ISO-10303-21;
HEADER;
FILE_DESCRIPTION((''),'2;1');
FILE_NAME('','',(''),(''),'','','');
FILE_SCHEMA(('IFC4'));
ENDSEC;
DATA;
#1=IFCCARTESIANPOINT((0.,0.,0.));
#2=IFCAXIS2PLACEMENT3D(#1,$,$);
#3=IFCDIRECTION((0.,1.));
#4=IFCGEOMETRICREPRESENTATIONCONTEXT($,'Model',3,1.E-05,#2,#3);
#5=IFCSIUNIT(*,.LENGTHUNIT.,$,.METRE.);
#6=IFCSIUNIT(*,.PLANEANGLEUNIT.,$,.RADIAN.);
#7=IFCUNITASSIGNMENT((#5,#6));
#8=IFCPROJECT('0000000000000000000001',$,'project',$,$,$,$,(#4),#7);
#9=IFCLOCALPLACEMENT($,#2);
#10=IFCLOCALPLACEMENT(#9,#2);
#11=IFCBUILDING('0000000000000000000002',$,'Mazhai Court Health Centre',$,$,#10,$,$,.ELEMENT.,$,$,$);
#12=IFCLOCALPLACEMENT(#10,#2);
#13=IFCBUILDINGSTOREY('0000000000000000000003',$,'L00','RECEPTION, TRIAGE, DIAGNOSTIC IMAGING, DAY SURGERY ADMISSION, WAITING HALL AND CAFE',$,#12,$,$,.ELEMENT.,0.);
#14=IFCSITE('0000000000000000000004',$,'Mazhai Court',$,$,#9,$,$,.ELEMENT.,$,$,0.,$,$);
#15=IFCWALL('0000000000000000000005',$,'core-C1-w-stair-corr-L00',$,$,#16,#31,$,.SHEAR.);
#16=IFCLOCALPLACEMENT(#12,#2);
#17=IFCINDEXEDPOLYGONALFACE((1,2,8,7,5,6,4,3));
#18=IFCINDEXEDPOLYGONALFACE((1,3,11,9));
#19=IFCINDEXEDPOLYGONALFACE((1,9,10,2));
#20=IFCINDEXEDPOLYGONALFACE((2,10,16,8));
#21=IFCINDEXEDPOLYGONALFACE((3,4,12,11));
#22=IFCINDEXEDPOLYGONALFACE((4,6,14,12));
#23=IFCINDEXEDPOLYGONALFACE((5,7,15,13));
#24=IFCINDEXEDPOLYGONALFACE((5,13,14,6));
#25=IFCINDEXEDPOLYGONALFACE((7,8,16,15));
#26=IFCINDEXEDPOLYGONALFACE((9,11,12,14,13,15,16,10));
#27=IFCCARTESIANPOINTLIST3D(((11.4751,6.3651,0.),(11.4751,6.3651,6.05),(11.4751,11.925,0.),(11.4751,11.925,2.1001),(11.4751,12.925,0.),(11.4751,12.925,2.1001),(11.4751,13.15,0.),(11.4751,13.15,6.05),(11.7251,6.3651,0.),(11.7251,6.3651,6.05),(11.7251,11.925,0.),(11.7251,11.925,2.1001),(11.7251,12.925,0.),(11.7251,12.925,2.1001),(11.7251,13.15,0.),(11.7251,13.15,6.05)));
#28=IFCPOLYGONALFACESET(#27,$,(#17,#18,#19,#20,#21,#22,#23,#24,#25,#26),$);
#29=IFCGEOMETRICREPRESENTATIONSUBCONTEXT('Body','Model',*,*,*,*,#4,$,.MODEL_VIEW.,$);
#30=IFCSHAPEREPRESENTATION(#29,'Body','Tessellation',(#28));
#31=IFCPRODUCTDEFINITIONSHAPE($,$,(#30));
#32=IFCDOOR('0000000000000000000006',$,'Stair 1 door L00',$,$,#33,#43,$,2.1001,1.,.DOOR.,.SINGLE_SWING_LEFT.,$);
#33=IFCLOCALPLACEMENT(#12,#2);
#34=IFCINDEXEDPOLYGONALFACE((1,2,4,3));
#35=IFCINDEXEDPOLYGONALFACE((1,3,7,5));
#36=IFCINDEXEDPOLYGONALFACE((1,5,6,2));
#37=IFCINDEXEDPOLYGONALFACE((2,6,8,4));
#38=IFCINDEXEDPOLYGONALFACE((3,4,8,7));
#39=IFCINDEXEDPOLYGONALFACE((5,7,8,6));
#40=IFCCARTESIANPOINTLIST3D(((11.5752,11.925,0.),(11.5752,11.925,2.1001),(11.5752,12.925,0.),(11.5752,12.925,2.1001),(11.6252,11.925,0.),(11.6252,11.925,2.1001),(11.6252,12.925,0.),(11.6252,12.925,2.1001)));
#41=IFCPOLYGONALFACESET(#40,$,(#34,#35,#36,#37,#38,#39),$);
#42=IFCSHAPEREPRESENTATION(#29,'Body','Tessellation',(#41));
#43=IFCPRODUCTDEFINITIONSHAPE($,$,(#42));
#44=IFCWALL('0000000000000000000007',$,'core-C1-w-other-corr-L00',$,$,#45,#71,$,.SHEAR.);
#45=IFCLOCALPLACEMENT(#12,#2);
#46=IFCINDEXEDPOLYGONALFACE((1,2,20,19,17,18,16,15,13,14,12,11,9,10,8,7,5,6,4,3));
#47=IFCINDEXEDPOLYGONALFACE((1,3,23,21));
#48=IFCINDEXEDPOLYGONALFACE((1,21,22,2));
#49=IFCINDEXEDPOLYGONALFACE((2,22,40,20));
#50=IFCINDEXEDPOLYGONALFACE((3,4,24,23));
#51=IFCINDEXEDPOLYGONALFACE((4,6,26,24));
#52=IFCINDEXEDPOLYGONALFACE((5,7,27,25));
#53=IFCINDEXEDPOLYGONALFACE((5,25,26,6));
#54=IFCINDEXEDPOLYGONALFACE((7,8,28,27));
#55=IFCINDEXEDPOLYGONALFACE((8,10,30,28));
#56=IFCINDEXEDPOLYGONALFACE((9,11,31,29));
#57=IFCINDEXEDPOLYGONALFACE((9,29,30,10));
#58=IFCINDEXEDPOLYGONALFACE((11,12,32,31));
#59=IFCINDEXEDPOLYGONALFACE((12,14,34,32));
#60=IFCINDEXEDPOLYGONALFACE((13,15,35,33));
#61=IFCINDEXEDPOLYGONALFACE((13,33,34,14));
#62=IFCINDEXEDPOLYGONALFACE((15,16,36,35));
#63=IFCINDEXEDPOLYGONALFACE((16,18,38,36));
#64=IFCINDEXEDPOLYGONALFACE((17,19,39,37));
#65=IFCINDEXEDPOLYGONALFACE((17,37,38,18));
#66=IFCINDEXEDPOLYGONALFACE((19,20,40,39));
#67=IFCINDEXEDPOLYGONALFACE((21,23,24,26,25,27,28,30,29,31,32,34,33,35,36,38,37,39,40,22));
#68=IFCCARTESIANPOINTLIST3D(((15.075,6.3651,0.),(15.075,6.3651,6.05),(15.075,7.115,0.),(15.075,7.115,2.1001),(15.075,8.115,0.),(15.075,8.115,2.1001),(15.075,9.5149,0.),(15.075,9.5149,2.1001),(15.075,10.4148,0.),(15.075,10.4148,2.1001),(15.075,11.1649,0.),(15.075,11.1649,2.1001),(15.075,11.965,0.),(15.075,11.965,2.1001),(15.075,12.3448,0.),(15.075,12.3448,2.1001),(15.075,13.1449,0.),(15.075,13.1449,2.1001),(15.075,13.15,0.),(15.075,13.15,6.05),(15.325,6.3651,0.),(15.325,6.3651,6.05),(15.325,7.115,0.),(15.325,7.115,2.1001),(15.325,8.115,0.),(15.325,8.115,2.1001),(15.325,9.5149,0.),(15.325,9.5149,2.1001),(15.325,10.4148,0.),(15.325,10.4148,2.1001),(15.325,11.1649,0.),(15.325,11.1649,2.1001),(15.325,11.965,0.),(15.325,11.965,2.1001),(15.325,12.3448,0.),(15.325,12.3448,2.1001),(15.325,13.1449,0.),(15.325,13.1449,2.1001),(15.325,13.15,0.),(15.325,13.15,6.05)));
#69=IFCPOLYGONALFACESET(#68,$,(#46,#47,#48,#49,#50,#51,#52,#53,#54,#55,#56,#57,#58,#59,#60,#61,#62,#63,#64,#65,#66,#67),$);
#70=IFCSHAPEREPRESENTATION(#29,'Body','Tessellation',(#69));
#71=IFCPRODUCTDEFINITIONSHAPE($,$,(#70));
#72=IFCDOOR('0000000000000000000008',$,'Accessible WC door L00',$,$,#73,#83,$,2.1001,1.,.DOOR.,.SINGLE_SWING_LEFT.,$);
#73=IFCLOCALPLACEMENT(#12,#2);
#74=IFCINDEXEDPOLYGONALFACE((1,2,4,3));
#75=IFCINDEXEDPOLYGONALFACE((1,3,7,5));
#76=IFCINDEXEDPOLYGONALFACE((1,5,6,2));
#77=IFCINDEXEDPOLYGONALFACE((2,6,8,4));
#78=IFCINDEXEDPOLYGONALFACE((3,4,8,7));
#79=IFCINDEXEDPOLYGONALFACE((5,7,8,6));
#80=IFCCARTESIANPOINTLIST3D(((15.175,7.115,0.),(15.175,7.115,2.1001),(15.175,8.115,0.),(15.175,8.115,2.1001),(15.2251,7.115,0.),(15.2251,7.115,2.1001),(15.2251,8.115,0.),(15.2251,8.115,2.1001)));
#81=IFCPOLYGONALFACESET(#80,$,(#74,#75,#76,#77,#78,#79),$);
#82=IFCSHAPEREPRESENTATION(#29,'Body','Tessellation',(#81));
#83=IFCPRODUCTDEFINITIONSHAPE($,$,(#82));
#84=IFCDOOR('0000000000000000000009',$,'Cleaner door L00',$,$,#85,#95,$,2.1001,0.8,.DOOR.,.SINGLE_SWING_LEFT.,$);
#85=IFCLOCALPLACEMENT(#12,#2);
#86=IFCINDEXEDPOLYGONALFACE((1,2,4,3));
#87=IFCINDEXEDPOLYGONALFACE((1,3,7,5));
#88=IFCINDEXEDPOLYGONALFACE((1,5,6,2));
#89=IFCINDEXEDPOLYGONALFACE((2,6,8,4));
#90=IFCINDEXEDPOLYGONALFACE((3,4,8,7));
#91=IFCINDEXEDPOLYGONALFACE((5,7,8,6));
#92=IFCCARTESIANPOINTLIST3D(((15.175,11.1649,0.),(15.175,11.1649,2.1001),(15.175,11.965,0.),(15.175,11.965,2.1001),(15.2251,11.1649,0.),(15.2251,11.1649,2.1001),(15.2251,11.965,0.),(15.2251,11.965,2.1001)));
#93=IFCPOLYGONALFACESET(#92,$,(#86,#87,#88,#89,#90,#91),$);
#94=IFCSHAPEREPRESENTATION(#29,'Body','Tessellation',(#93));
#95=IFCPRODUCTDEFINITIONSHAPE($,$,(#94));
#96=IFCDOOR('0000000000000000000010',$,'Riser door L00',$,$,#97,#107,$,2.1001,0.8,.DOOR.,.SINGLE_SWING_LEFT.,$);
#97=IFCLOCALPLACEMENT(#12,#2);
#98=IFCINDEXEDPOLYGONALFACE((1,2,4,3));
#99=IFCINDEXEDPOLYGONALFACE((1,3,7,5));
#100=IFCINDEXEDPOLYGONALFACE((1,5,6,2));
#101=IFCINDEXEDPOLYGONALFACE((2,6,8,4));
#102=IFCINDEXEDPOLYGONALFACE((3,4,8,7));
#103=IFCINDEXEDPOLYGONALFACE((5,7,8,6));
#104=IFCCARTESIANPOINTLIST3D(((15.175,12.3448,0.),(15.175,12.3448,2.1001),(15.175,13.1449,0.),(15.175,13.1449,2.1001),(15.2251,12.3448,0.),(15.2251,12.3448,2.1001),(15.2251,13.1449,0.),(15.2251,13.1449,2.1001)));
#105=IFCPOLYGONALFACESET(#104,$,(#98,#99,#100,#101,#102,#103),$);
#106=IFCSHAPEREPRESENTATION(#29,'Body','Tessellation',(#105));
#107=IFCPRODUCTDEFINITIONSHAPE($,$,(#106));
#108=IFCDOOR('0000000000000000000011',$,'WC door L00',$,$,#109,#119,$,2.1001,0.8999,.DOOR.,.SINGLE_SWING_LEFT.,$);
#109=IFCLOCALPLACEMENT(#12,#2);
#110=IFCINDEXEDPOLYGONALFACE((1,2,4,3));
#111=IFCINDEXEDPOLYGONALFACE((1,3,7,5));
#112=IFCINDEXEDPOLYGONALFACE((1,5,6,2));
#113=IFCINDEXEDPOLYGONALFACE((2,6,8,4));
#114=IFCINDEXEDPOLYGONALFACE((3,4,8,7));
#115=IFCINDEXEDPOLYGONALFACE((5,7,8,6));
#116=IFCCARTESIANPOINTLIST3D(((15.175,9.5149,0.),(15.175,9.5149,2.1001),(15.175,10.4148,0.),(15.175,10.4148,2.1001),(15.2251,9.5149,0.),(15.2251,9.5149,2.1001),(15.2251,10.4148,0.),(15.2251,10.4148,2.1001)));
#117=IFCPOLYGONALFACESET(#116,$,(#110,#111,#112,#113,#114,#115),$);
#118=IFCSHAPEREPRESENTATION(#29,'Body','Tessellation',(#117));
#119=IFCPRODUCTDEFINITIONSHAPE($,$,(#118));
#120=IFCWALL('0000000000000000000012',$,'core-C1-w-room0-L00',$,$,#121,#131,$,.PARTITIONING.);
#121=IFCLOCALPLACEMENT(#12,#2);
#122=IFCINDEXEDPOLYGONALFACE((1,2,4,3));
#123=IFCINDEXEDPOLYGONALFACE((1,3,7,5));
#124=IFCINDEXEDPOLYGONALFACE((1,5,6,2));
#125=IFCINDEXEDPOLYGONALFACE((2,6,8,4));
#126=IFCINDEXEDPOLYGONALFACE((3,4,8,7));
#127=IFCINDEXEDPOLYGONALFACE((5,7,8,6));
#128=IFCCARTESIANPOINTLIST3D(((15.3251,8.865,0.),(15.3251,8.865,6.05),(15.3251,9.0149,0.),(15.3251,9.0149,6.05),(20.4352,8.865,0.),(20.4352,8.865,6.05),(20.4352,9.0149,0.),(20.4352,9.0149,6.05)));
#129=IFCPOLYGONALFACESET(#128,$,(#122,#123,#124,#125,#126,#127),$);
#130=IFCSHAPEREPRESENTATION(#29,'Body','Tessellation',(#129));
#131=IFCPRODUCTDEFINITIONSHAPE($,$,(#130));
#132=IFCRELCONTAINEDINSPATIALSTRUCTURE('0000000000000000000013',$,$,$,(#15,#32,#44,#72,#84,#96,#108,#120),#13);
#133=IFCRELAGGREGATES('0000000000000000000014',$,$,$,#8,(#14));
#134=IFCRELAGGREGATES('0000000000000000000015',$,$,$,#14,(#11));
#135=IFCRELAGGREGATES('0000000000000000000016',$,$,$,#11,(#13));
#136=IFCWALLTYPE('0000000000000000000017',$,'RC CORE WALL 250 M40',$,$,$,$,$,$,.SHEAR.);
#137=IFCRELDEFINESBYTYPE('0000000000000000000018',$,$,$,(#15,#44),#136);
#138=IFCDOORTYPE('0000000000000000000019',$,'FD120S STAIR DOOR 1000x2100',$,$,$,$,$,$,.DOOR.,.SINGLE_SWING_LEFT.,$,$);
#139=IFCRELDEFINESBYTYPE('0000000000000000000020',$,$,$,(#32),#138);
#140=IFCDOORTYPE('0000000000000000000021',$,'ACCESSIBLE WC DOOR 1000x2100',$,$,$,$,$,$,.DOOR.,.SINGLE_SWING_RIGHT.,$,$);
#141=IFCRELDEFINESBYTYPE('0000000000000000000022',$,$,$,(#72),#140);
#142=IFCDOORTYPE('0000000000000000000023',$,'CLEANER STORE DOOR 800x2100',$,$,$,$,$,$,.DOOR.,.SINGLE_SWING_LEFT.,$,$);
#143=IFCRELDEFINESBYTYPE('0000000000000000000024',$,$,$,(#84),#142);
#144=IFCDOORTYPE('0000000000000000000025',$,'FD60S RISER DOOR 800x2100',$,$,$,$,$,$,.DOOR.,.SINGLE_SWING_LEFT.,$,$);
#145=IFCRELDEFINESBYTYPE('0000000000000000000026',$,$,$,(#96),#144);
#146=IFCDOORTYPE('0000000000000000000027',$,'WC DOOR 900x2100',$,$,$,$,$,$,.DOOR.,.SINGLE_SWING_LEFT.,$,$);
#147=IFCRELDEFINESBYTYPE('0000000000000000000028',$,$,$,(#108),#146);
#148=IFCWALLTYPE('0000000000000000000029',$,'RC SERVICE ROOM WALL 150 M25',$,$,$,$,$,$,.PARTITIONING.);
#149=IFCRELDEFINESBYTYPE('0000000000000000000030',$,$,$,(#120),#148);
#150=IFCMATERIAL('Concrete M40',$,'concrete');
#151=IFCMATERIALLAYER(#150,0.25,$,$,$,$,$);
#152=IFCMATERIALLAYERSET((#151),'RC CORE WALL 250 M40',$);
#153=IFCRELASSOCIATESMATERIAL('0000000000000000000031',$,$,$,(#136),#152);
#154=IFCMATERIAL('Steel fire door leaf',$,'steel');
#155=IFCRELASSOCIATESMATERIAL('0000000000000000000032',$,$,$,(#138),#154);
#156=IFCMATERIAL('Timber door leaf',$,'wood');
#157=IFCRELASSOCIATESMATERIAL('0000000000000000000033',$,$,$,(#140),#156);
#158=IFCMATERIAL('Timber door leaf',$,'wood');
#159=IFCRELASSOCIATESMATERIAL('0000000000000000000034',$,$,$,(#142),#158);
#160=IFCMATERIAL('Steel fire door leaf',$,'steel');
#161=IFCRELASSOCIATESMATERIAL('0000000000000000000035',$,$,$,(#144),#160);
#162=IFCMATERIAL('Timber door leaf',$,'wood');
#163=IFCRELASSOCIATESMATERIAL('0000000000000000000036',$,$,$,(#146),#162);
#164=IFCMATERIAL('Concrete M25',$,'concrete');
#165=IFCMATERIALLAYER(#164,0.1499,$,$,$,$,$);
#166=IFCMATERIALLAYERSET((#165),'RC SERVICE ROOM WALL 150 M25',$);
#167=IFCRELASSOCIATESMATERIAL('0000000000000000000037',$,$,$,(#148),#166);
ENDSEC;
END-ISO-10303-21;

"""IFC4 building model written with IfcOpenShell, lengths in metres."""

from ifc_helpers import new_model, si_unit, direction, frame, frame_2d, origin, place, context, subcontext, project, spatial, rectangle, extrude, material, layer, layer_set, type_object, element, fill, save


model = new_model("IFC4")

# Units and contexts
model_context = context("Model", 3, precision=1e-05, world=origin(), true_north=direction((0.0, 1.0)))
body_context = subcontext(model_context, "Body", "Model", "MODEL_VIEW")
ifc_project = project(units=[si_unit("LENGTHUNIT", "METRE"), si_unit("PLANEANGLEUNIT", "RADIAN")], contexts=[model_context])

# Site, building, storey
site_placement = place(None, origin())
site = spatial("IfcSite", under=ifc_project, at=site_placement, Name="Mazhai Court", CompositionType="ELEMENT", RefElevation=0.0)
building_placement = place(site_placement, origin())
building = spatial("IfcBuilding", under=site, at=building_placement, Name="Mazhai Court Health Centre", CompositionType="ELEMENT")
storey_placement = place(building_placement, origin())
storey = spatial("IfcBuildingStorey", under=building, at=storey_placement, Name="L00", Description="RECEPTION, TRIAGE, DIAGNOSTIC IMAGING, DAY SURGERY ADMISSION, WAITING HALL AND CAFE", CompositionType="ELEMENT", Elevation=0.0)

# Wall, opening, door
ifc_material_1 = material(Name="Concrete M40", Category="concrete")
ifc_layer_1 = layer(ifc_material_1, 0.25)
ifc_layer_set_1 = layer_set([ifc_layer_1], Name="RC CORE WALL 250 M40")
wall_type_1 = type_object("IfcWallType", Name="RC CORE WALL 250 M40", PredefinedType="SHEAR", material=ifc_layer_set_1)
wall_1_placement = place(storey_placement, frame((11.6001, 6.365, 0.0), z_axis=(0.0, 0.0, 1.0), x_axis=(0.0, 1.0, 0.0)))
wall_1 = element("IfcWall", 1, at=wall_1_placement, inside=storey, type_object=wall_type_1, Name="core-C1-w-stair-corr-L00", PredefinedType="SHEAR", context=body_context, shape_type="SweptSolid", body=[
    extrude(rectangle(XDim=6.7849, YDim=0.25, at=frame_2d((3.3926, 0.0))), origin(), (0.0, 0.0, 1.0), 6.05),
])
opening_1_placement = place(wall_1_placement, frame((5.5601, 0.0, 0.0)))
opening_1 = element("IfcOpeningElement", 2, at=opening_1_placement, cuts=wall_1, PredefinedType="OPENING", context=body_context, shape_type="SweptSolid", body=[
    extrude(rectangle(XDim=1.0, YDim=2.1001, at=frame_2d((0.5, 1.05))), frame((0.0, 0.135, 0.0), z_axis=(0.0, -1.0, 0.0), x_axis=(1.0, 0.0, 0.0)), (0.0, 0.0, 1.0), 0.27),
])
ifc_material_2 = material(Name="Steel fire door leaf", Category="steel")
door_type_1 = type_object("IfcDoorType", Name="FD120S STAIR DOOR 1000x2100", OperationType="SINGLE_SWING_LEFT", PredefinedType="DOOR", material=ifc_material_2)
door_1_placement = place(opening_1_placement, origin())
door_1 = element("IfcDoor", 3, at=door_1_placement, inside=storey, type_object=door_type_1, Name="Stair 1 door L00", OperationType="SINGLE_SWING_LEFT", OverallHeight=2.1001, OverallWidth=1.0, PredefinedType="DOOR", context=body_context, shape_type="SweptSolid", body=[
    extrude(rectangle(XDim=1.0, YDim=2.1001, at=frame_2d((0.5, 1.05))), frame((0.0, 0.0249, 0.0), z_axis=(0.0, -1.0, 0.0), x_axis=(1.0, 0.0, 0.0)), (0.0, 0.0, 1.0), 0.05),
])
fill(opening_1, door_1)

# Wall, openings, doors
wall_2_placement = place(storey_placement, frame((15.2, 6.365, 0.0), z_axis=(0.0, 0.0, 1.0), x_axis=(0.0, 1.0, 0.0)))
wall_2 = element("IfcWall", 4, at=wall_2_placement, inside=storey, type_object=wall_type_1, Name="core-C1-w-other-corr-L00", PredefinedType="SHEAR", context=body_context, shape_type="SweptSolid", body=[
    extrude(rectangle(XDim=6.7849, YDim=0.25, at=frame_2d((3.3926, 0.0))), origin(), (0.0, 0.0, 1.0), 6.05),
])
opening_2_placement = place(wall_2_placement, frame((0.75, 0.0, 0.0)))
opening_2 = element("IfcOpeningElement", 5, at=opening_2_placement, cuts=wall_2, PredefinedType="OPENING", context=body_context, shape_type="SweptSolid", body=[
    extrude(rectangle(XDim=1.0, YDim=2.1001, at=frame_2d((0.5, 1.05))), frame((0.0, 0.135, 0.0), z_axis=(0.0, -1.0, 0.0), x_axis=(1.0, 0.0, 0.0)), (0.0, 0.0, 1.0), 0.27),
])
opening_3_placement = place(wall_2_placement, frame((3.1499, 0.0, 0.0)))
opening_3 = element("IfcOpeningElement", 6, at=opening_3_placement, cuts=wall_2, PredefinedType="OPENING", context=body_context, shape_type="SweptSolid", body=[
    extrude(rectangle(XDim=0.8999, YDim=2.1001, at=frame_2d((0.45, 1.05))), frame((0.0, 0.135, 0.0), z_axis=(0.0, -1.0, 0.0), x_axis=(1.0, 0.0, 0.0)), (0.0, 0.0, 1.0), 0.27),
])
opening_4_placement = place(wall_2_placement, frame((4.8, 0.0, 0.0)))
opening_4 = element("IfcOpeningElement", 7, at=opening_4_placement, cuts=wall_2, PredefinedType="OPENING", context=body_context, shape_type="SweptSolid", body=[
    extrude(rectangle(XDim=0.8, YDim=2.1001, at=frame_2d((0.3999, 1.05))), frame((0.0, 0.135, 0.0), z_axis=(0.0, -1.0, 0.0), x_axis=(1.0, 0.0, 0.0)), (0.0, 0.0, 1.0), 0.27),
])
opening_5_placement = place(wall_2_placement, frame((5.98, 0.0, 0.0)))
opening_5 = element("IfcOpeningElement", 8, at=opening_5_placement, cuts=wall_2, PredefinedType="OPENING", context=body_context, shape_type="SweptSolid", body=[
    extrude(rectangle(XDim=0.8, YDim=2.1001, at=frame_2d((0.3999, 1.05))), frame((0.0, 0.135, 0.0), z_axis=(0.0, -1.0, 0.0), x_axis=(1.0, 0.0, 0.0)), (0.0, 0.0, 1.0), 0.27),
])
ifc_material_3 = material(Name="Timber door leaf", Category="wood")
door_type_2 = type_object("IfcDoorType", Name="ACCESSIBLE WC DOOR 1000x2100", OperationType="SINGLE_SWING_RIGHT", PredefinedType="DOOR", material=ifc_material_3)
door_2_placement = place(opening_2_placement, origin())
door_2 = element("IfcDoor", 9, at=door_2_placement, inside=storey, type_object=door_type_2, Name="Accessible WC door L00", OperationType="SINGLE_SWING_LEFT", OverallHeight=2.1001, OverallWidth=1.0, PredefinedType="DOOR", context=body_context, shape_type="SweptSolid", body=[
    extrude(rectangle(XDim=1.0, YDim=2.1001, at=frame_2d((0.5, 1.05))), frame((0.0, 0.0249, 0.0), z_axis=(0.0, -1.0, 0.0), x_axis=(1.0, 0.0, 0.0)), (0.0, 0.0, 1.0), 0.05),
])
fill(opening_2, door_2)
ifc_material_4 = material(Name="Timber door leaf", Category="wood")
door_type_3 = type_object("IfcDoorType", Name="CLEANER STORE DOOR 800x2100", OperationType="SINGLE_SWING_LEFT", PredefinedType="DOOR", material=ifc_material_4)
door_3_placement = place(opening_4_placement, origin())
door_3 = element("IfcDoor", 10, at=door_3_placement, inside=storey, type_object=door_type_3, Name="Cleaner door L00", OperationType="SINGLE_SWING_LEFT", OverallHeight=2.1001, OverallWidth=0.8, PredefinedType="DOOR", context=body_context, shape_type="SweptSolid", body=[
    extrude(rectangle(XDim=0.8, YDim=2.1001, at=frame_2d((0.3999, 1.05))), frame((0.0, 0.0249, 0.0), z_axis=(0.0, -1.0, 0.0), x_axis=(1.0, 0.0, 0.0)), (0.0, 0.0, 1.0), 0.05),
])
fill(opening_4, door_3)
ifc_material_5 = material(Name="Steel fire door leaf", Category="steel")
door_type_4 = type_object("IfcDoorType", Name="FD60S RISER DOOR 800x2100", OperationType="SINGLE_SWING_LEFT", PredefinedType="DOOR", material=ifc_material_5)
door_4_placement = place(opening_5_placement, origin())
door_4 = element("IfcDoor", 11, at=door_4_placement, inside=storey, type_object=door_type_4, Name="Riser door L00", OperationType="SINGLE_SWING_LEFT", OverallHeight=2.1001, OverallWidth=0.8, PredefinedType="DOOR", context=body_context, shape_type="SweptSolid", body=[
    extrude(rectangle(XDim=0.8, YDim=2.1001, at=frame_2d((0.3999, 1.05))), frame((0.0, 0.0249, 0.0), z_axis=(0.0, -1.0, 0.0), x_axis=(1.0, 0.0, 0.0)), (0.0, 0.0, 1.0), 0.05),
])
fill(opening_5, door_4)
ifc_material_6 = material(Name="Timber door leaf", Category="wood")
door_type_5 = type_object("IfcDoorType", Name="WC DOOR 900x2100", OperationType="SINGLE_SWING_LEFT", PredefinedType="DOOR", material=ifc_material_6)
door_5_placement = place(opening_3_placement, origin())
door_5 = element("IfcDoor", 12, at=door_5_placement, inside=storey, type_object=door_type_5, Name="WC door L00", OperationType="SINGLE_SWING_LEFT", OverallHeight=2.1001, OverallWidth=0.8999, PredefinedType="DOOR", context=body_context, shape_type="SweptSolid", body=[
    extrude(rectangle(XDim=0.8999, YDim=2.1001, at=frame_2d((0.45, 1.05))), frame((0.0, 0.0249, 0.0), z_axis=(0.0, -1.0, 0.0), x_axis=(1.0, 0.0, 0.0)), (0.0, 0.0, 1.0), 0.05),
])
fill(opening_3, door_5)

# Wall
ifc_material_7 = material(Name="Concrete M25", Category="concrete")
ifc_layer_2 = layer(ifc_material_7, 0.1499)
ifc_layer_set_2 = layer_set([ifc_layer_2], Name="RC SERVICE ROOM WALL 150 M25")
wall_type_2 = type_object("IfcWallType", Name="RC SERVICE ROOM WALL 150 M25", PredefinedType="PARTITIONING", material=ifc_layer_set_2)
wall_3_placement = place(storey_placement, frame((15.325, 8.9399, 0.0), z_axis=(0.0, 0.0, 1.0), x_axis=(1.0, 0.0, 0.0)))
element("IfcWall", 13, at=wall_3_placement, inside=storey, type_object=wall_type_2, Name="core-C1-w-room0-L00", PredefinedType="PARTITIONING", context=body_context, shape_type="SweptSolid", body=[
    extrude(rectangle(XDim=5.1101, YDim=0.1499, at=frame_2d((2.5552, 0.0))), origin(), (0.0, 0.0, 1.0), 6.05),
])

save(model, "model.ifc")
